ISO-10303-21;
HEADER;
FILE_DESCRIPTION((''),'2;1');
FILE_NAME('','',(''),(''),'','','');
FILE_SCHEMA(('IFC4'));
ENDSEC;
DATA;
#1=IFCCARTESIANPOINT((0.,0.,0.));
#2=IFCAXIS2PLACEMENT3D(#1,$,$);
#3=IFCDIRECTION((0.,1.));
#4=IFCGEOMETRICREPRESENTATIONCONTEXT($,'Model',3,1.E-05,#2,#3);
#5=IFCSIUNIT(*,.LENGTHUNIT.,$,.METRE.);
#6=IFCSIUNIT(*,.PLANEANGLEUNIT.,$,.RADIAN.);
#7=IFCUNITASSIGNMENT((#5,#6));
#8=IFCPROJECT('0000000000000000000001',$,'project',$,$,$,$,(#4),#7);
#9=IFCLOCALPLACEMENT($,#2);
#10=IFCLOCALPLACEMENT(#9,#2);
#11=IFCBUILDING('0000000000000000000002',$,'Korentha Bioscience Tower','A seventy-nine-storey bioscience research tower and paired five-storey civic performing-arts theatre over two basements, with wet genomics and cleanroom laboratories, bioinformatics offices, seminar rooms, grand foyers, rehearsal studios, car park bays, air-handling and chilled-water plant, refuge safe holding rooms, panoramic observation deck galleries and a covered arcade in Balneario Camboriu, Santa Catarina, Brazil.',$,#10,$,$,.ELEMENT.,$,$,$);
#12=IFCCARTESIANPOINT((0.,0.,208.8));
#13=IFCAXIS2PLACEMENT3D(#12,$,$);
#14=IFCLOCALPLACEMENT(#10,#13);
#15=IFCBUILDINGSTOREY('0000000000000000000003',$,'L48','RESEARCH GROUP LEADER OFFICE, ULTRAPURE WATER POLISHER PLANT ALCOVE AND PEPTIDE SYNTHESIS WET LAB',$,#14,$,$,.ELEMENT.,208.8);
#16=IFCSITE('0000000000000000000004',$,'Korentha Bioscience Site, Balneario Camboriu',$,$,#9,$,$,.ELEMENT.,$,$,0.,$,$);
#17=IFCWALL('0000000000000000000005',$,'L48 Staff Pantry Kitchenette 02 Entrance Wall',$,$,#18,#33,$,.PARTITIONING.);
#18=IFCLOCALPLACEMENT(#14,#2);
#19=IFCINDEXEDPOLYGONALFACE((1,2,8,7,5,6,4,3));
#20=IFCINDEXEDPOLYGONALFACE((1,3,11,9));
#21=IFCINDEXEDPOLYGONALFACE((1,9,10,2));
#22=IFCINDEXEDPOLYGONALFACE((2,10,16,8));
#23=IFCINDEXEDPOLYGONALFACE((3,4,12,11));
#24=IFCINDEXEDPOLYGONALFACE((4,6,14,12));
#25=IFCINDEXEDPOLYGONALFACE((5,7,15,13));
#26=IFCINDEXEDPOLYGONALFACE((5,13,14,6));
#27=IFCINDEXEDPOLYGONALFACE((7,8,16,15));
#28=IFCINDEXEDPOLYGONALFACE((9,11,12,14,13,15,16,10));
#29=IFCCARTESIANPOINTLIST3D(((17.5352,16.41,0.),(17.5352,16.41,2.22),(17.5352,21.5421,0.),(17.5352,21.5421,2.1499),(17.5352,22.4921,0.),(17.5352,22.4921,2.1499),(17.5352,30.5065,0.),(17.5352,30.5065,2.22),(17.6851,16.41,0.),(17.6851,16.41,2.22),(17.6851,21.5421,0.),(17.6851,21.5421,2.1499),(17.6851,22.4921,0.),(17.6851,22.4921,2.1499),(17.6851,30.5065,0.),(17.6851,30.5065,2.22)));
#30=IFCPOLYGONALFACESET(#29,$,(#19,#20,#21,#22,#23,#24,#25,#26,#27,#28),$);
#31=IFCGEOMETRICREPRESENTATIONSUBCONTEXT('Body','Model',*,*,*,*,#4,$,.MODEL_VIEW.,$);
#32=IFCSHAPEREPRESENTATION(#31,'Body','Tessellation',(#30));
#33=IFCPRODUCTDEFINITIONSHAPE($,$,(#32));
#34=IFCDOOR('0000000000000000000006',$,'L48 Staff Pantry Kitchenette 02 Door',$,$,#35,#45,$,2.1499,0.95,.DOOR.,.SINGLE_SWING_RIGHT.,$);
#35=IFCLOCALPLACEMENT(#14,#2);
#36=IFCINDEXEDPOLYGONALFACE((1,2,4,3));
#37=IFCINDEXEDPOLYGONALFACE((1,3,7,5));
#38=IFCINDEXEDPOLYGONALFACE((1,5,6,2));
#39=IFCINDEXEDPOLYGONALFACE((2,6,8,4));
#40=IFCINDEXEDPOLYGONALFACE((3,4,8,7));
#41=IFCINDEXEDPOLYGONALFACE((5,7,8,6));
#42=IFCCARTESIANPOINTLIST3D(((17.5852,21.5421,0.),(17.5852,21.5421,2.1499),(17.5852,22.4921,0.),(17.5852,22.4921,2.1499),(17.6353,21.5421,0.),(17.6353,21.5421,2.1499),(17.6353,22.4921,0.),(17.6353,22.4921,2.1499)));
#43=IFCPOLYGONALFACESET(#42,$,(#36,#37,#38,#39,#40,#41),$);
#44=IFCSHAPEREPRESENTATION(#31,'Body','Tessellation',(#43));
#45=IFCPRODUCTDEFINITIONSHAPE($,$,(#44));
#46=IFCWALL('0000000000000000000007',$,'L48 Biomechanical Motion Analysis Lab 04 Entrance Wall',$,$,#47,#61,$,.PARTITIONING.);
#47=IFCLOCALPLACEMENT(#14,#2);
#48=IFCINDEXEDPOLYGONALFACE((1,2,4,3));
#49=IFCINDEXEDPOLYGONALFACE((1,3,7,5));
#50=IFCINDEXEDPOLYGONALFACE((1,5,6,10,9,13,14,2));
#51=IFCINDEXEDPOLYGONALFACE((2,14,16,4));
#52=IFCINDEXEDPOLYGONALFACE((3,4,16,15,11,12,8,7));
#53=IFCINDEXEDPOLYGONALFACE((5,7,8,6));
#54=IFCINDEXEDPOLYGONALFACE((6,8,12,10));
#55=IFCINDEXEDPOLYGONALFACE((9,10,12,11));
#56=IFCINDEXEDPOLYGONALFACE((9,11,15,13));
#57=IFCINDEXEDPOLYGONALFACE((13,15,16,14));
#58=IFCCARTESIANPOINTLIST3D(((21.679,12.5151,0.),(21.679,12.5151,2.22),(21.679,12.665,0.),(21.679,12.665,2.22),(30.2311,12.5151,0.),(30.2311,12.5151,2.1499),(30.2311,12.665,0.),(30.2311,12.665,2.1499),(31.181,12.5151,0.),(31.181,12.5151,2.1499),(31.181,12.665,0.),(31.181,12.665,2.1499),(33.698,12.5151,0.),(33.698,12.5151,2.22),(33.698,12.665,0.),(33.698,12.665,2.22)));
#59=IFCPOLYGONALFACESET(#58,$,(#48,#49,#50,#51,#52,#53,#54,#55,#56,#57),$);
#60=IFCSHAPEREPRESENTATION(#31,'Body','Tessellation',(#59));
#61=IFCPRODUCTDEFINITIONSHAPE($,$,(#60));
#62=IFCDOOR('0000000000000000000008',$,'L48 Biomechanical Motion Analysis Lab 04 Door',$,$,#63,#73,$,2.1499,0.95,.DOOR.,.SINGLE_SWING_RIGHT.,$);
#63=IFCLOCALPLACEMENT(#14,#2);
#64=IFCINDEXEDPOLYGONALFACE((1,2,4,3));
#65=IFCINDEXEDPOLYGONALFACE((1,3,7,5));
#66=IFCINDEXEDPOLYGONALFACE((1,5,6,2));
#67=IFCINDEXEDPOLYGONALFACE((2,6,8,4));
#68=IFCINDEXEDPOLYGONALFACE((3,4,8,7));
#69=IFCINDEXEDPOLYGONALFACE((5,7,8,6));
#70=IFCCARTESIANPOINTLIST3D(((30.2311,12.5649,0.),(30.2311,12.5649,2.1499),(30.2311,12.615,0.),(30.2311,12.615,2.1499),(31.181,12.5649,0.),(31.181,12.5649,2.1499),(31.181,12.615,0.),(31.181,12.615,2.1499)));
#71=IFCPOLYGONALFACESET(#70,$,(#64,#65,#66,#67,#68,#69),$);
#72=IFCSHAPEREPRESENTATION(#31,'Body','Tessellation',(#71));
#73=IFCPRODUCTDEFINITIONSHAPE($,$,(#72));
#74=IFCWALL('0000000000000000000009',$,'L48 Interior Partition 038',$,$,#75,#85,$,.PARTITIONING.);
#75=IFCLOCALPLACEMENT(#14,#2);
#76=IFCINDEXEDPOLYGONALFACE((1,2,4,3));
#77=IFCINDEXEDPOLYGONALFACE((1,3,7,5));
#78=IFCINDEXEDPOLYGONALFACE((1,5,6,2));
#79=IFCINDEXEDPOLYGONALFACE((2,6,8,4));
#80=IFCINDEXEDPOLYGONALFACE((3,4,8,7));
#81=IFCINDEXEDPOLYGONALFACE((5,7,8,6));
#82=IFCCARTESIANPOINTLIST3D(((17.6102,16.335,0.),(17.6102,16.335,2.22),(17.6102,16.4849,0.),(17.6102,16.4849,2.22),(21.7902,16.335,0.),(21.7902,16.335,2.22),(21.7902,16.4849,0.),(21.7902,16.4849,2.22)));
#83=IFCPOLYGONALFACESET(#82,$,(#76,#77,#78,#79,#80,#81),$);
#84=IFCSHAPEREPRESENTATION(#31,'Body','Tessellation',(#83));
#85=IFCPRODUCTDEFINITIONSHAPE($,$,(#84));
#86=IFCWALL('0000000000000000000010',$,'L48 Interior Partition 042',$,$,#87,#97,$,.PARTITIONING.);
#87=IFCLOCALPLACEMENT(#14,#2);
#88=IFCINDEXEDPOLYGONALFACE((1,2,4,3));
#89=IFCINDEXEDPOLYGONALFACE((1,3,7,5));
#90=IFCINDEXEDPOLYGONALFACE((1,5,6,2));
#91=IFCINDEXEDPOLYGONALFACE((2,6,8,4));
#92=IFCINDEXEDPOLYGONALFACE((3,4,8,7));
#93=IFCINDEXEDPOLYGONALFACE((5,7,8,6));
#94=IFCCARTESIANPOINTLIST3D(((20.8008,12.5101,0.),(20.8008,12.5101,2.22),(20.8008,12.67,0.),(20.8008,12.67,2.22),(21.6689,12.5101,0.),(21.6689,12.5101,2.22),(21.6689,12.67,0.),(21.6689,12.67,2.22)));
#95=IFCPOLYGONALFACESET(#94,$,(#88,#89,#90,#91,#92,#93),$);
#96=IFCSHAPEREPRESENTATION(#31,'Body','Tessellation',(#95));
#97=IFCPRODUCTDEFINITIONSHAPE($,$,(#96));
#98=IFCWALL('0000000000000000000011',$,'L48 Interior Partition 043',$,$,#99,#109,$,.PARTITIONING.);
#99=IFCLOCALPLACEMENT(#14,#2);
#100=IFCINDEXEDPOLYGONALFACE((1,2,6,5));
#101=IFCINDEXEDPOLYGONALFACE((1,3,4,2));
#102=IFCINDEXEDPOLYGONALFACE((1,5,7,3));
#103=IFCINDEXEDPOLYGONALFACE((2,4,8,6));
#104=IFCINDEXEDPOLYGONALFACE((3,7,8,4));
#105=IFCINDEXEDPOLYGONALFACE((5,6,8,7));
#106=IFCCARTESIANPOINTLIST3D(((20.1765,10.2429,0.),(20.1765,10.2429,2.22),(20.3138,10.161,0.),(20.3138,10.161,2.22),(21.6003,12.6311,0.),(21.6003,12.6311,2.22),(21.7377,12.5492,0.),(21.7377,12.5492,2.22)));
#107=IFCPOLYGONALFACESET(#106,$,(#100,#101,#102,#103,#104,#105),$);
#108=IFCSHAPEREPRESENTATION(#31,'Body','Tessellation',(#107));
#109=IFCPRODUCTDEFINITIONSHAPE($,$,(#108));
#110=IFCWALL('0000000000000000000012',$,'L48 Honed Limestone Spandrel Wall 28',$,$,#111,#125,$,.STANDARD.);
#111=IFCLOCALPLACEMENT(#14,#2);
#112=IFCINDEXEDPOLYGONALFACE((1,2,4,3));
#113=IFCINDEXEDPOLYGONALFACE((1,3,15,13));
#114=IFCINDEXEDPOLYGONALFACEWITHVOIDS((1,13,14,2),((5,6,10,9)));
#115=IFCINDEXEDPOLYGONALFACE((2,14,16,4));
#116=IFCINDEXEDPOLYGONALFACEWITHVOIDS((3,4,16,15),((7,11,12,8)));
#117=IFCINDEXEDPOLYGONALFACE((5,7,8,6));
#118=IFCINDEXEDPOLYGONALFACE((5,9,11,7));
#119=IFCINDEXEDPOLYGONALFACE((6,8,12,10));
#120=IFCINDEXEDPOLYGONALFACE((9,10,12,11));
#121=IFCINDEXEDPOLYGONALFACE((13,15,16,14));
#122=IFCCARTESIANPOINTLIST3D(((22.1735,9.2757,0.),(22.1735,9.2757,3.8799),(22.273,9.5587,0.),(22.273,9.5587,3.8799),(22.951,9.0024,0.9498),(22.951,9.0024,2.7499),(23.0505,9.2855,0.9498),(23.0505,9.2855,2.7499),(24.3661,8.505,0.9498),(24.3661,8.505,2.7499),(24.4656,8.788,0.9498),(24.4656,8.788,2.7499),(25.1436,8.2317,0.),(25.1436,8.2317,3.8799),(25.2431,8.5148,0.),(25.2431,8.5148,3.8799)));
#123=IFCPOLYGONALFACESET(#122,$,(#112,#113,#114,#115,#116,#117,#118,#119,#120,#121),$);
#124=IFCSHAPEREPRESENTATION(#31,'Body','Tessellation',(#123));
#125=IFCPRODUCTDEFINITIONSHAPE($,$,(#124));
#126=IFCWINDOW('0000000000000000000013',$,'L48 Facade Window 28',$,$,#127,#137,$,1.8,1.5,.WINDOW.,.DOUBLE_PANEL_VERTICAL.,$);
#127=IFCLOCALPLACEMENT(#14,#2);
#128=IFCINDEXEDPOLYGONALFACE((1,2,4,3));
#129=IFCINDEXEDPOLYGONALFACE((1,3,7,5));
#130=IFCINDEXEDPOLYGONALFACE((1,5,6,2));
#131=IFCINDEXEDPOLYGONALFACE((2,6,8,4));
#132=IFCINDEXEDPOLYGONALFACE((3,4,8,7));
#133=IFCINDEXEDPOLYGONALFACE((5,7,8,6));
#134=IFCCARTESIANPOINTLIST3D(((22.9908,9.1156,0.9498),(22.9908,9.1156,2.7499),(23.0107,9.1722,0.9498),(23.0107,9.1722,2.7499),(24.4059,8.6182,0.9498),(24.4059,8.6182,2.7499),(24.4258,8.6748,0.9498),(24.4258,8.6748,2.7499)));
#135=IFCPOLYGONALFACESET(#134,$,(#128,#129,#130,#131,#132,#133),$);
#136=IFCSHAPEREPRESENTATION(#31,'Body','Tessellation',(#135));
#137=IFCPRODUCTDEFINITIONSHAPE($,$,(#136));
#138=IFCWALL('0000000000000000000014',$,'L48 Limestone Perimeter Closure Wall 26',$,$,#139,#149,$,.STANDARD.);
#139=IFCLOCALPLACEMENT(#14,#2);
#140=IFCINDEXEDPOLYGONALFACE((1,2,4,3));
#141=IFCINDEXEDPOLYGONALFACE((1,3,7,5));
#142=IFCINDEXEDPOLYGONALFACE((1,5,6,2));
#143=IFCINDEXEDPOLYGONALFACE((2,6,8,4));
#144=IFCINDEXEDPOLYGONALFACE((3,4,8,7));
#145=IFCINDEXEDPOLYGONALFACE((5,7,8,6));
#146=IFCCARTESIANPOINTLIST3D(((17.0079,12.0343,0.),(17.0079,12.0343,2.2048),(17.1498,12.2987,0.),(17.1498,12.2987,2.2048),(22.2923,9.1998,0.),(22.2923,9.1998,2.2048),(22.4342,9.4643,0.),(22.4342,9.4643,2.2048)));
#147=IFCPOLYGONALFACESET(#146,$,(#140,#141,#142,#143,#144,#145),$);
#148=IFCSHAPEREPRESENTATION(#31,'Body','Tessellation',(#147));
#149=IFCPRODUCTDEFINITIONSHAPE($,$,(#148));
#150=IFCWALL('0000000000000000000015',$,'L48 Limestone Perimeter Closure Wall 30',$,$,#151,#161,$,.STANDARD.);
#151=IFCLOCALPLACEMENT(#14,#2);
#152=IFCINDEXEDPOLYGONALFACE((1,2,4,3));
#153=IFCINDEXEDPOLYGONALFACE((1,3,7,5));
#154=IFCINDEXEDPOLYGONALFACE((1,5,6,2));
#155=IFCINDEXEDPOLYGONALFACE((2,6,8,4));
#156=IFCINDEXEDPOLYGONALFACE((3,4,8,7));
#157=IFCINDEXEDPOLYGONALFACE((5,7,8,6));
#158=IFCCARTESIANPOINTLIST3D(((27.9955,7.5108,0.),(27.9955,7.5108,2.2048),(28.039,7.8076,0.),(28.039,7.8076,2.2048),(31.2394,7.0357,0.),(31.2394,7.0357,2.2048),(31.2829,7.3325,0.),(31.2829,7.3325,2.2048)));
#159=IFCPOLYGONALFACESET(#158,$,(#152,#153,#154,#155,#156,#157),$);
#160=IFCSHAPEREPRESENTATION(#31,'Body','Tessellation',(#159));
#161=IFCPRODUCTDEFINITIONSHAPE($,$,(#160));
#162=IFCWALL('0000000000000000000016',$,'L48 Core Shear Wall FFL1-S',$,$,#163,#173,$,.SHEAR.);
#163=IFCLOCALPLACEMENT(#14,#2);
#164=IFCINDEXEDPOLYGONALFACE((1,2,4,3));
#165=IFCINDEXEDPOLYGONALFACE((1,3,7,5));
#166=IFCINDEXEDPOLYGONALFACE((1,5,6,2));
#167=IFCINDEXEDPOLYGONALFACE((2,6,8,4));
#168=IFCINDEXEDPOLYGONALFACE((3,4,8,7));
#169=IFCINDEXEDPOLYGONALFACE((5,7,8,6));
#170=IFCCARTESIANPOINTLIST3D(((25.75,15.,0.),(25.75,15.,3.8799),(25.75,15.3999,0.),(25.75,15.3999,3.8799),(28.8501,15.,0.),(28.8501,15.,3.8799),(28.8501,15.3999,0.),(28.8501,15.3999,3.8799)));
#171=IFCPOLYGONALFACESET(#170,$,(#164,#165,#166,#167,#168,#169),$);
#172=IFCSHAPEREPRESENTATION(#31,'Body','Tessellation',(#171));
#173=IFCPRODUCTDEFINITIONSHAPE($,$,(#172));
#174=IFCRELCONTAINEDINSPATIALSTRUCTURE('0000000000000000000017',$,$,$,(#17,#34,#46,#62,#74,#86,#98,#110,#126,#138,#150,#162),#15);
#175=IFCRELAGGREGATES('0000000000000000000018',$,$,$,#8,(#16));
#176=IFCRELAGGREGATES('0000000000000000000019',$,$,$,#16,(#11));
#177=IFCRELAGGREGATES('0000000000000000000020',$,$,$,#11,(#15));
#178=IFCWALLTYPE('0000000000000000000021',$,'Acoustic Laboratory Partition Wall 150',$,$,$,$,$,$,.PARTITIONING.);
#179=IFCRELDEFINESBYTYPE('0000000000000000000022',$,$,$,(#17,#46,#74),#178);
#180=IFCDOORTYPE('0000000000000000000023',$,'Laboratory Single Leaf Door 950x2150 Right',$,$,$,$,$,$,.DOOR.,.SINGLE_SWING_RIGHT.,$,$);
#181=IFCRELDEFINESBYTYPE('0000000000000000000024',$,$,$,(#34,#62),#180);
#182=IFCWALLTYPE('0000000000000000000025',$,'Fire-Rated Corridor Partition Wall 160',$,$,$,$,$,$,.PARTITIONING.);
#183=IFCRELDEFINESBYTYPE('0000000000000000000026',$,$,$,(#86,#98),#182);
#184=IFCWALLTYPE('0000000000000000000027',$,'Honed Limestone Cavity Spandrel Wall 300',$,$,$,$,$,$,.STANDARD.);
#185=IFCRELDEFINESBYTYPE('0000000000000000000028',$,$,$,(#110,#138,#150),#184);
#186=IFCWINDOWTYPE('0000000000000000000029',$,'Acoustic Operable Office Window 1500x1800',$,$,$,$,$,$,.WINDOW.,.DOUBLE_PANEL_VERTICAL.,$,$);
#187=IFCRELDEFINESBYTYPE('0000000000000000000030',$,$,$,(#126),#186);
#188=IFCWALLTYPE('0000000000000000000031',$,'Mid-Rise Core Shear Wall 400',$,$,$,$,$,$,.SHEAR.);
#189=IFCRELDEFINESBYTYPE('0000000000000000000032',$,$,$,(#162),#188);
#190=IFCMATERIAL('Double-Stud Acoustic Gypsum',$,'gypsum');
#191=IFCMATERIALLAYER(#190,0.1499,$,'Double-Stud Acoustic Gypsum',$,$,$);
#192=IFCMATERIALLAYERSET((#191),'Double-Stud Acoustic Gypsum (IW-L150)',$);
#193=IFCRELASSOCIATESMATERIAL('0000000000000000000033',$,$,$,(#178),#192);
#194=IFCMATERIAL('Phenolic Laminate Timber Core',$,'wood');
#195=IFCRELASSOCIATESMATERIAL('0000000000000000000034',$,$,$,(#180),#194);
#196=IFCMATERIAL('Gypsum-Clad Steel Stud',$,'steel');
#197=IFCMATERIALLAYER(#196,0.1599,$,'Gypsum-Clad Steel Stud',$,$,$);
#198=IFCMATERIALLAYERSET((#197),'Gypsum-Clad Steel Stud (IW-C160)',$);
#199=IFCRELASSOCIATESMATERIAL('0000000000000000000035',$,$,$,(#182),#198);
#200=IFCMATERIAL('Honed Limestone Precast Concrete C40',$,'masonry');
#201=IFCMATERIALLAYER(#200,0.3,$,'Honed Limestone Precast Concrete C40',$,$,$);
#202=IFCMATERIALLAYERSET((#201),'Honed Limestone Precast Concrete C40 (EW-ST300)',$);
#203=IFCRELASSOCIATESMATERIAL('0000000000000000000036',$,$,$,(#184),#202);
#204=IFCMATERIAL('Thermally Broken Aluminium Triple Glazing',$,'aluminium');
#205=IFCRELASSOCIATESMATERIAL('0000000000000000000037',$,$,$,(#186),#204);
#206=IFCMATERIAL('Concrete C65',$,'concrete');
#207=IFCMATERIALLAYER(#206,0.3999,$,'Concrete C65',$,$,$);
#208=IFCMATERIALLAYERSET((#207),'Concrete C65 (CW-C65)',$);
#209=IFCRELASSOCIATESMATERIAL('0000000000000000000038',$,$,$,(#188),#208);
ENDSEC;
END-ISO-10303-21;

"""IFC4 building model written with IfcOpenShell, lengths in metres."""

from ifc_helpers import new_model, si_unit, direction, frame, frame_2d, origin, place, context, subcontext, project, spatial, rectangle, extrude, material, layer, layer_set, type_object, element, fill, save


model = new_model("IFC4")

# Units and contexts
model_context = context("Model", 3, precision=1e-05, world=origin(), true_north=direction((0.0, 1.0)))
body_context = subcontext(model_context, "Body", "Model", "MODEL_VIEW")
ifc_project = project(units=[si_unit("LENGTHUNIT", "METRE"), si_unit("PLANEANGLEUNIT", "RADIAN")], contexts=[model_context])

# Site, building, storey
site_placement = place(None, origin())
site = spatial("IfcSite", under=ifc_project, at=site_placement, Name="Korentha Bioscience Site, Balneario Camboriu", CompositionType="ELEMENT", RefElevation=0.0)
building_placement = place(site_placement, origin())
building = spatial("IfcBuilding", under=site, at=building_placement, Name="Korentha Bioscience Tower", Description="A seventy-nine-storey bioscience research tower and paired five-storey civic performing-arts theatre over two basements, with wet genomics and cleanroom laboratories, bioinformatics offices, seminar rooms, grand foyers, rehearsal studios, car park bays, air-handling and chilled-water plant, refuge safe holding rooms, panoramic observation deck galleries and a covered arcade in Balneario Camboriu, Santa Catarina, Brazil.", CompositionType="ELEMENT")
storey_placement = place(building_placement, frame((0.0, 0.0, 208.8)))
storey = spatial("IfcBuildingStorey", under=building, at=storey_placement, Name="L48", Description="RESEARCH GROUP LEADER OFFICE, ULTRAPURE WATER POLISHER PLANT ALCOVE AND PEPTIDE SYNTHESIS WET LAB", CompositionType="ELEMENT", Elevation=208.8)

# Shared definitions
ifc_material_1 = material(Name="Concrete C65", Category="concrete")

# Walls, openings, doors
ifc_material_2 = material(Name="Double-Stud Acoustic Gypsum", Category="gypsum")
ifc_layer_1 = layer(ifc_material_2, 0.1499, Name="Double-Stud Acoustic Gypsum")
ifc_layer_set_1 = layer_set([ifc_layer_1], Name="Double-Stud Acoustic Gypsum (IW-L150)")
wall_type_1 = type_object("IfcWallType", Name="Acoustic Laboratory Partition Wall 150", PredefinedType="PARTITIONING", material=ifc_layer_set_1)
wall_1_placement = place(storey_placement, frame((17.6101, 16.4099, 0.0), z_axis=(0.0, 0.0, 1.0), x_axis=(0.0, 1.0, 0.0)))
wall_1 = element("IfcWall", 1, at=wall_1_placement, inside=storey, type_object=wall_type_1, Name="L48 Staff Pantry Kitchenette 02 Entrance Wall", PredefinedType="PARTITIONING", context=body_context, shape_type="SweptSolid", body=[
    extrude(rectangle(XDim=14.0964, YDim=0.1499, at=frame_2d((7.0483, 0.0))), origin(), (0.0, 0.0, 1.0), 2.22),
])
opening_1_placement = place(wall_1_placement, frame((5.1321, 0.0, 0.0)))
opening_1 = element("IfcOpeningElement", 2, at=opening_1_placement, cuts=wall_1, PredefinedType="OPENING", context=body_context, shape_type="SweptSolid", body=[
    extrude(rectangle(XDim=0.95, YDim=2.1499, at=frame_2d((0.4751, 1.075))), frame((0.0, 0.0898, 0.0), z_axis=(0.0, -1.0, 0.0), x_axis=(1.0, 0.0, 0.0)), (0.0, 0.0, 1.0), 0.1797),
])
ifc_material_3 = material(Name="Phenolic Laminate Timber Core", Category="wood")
door_type_1 = type_object("IfcDoorType", Name="Laboratory Single Leaf Door 950x2150 Right", OperationType="SINGLE_SWING_RIGHT", PredefinedType="DOOR", material=ifc_material_3)
door_1_placement = place(opening_1_placement, origin())
door_1 = element("IfcDoor", 3, at=door_1_placement, inside=storey, type_object=door_type_1, Name="L48 Staff Pantry Kitchenette 02 Door", OperationType="SINGLE_SWING_RIGHT", OverallHeight=2.1499, OverallWidth=0.95, PredefinedType="DOOR", context=body_context, shape_type="SweptSolid", body=[
    extrude(rectangle(XDim=0.95, YDim=2.1499, at=frame_2d((0.4751, 1.075))), frame((0.0, 0.0249, 0.0), z_axis=(0.0, -1.0, 0.0), x_axis=(1.0, 0.0, 0.0)), (0.0, 0.0, 1.0), 0.05),
])
fill(opening_1, door_1)
wall_2_placement = place(storey_placement, frame((21.679, 12.5901, 0.0), z_axis=(0.0, 0.0, 1.0), x_axis=(1.0, 0.0, 0.0)))
wall_2 = element("IfcWall", 4, at=wall_2_placement, inside=storey, type_object=wall_type_1, Name="L48 Biomechanical Motion Analysis Lab 04 Entrance Wall", PredefinedType="PARTITIONING", context=body_context, shape_type="SweptSolid", body=[
    extrude(rectangle(XDim=12.019, YDim=0.1499, at=frame_2d((6.0095, 0.0))), origin(), (0.0, 0.0, 1.0), 2.22),
])
opening_2_placement = place(wall_2_placement, frame((8.552, 0.0, 0.0)))
opening_2 = element("IfcOpeningElement", 5, at=opening_2_placement, cuts=wall_2, PredefinedType="OPENING", context=body_context, shape_type="SweptSolid", body=[
    extrude(rectangle(XDim=0.95, YDim=2.1499, at=frame_2d((0.4751, 1.075))), frame((0.0, 0.0898, 0.0), z_axis=(0.0, -1.0, 0.0), x_axis=(1.0, 0.0, 0.0)), (0.0, 0.0, 1.0), 0.1797),
])
door_2_placement = place(opening_2_placement, origin())
door_2 = element("IfcDoor", 6, at=door_2_placement, inside=storey, type_object=door_type_1, Name="L48 Biomechanical Motion Analysis Lab 04 Door", OperationType="SINGLE_SWING_RIGHT", OverallHeight=2.1499, OverallWidth=0.95, PredefinedType="DOOR", context=body_context, shape_type="SweptSolid", body=[
    extrude(rectangle(XDim=0.95, YDim=2.1499, at=frame_2d((0.4751, 1.075))), frame((0.0, 0.0249, 0.0), z_axis=(0.0, -1.0, 0.0), x_axis=(1.0, 0.0, 0.0)), (0.0, 0.0, 1.0), 0.05),
])
fill(opening_2, door_2)

# Wall
wall_3_placement = place(storey_placement, frame((21.79, 16.4099, 0.0), z_axis=(0.0, 0.0, 1.0), x_axis=(-1.0, 0.0, 0.0)))
element("IfcWall", 7, at=wall_3_placement, inside=storey, type_object=wall_type_1, Name="L48 Interior Partition 038", PredefinedType="PARTITIONING", context=body_context, shape_type="SweptSolid", body=[
    extrude(rectangle(XDim=4.1799, YDim=0.1499, at=frame_2d((2.0898, 0.0))), origin(), (0.0, 0.0, 1.0), 2.22),
])

# Shared definitions
ifc_material_4 = material(Name="Gypsum-Clad Steel Stud", Category="steel")
ifc_layer_2 = layer(ifc_material_4, 0.1599, Name="Gypsum-Clad Steel Stud")
ifc_layer_set_2 = layer_set([ifc_layer_2], Name="Gypsum-Clad Steel Stud (IW-C160)")
wall_type_2 = type_object("IfcWallType", Name="Fire-Rated Corridor Partition Wall 160", PredefinedType="PARTITIONING", material=ifc_layer_set_2)

# Walls
wall_4_placement = place(storey_placement, frame((20.8008, 12.5901, 0.0), z_axis=(0.0, 0.0, 1.0), x_axis=(1.0, 0.0, 0.0)))
element("IfcWall", 8, at=wall_4_placement, inside=storey, type_object=wall_type_2, Name="L48 Interior Partition 042", PredefinedType="PARTITIONING", context=body_context, shape_type="SweptSolid", body=[
    extrude(rectangle(XDim=0.8682, YDim=0.1599, at=frame_2d((0.4341, 0.0))), origin(), (0.0, 0.0, 1.0), 2.22),
])
wall_5_placement = place(storey_placement, frame((21.6689, 12.5901, 0.0), z_axis=(0.0, 0.0, 1.0), x_axis=(-0.512092, -0.858931, 0.0)))
element("IfcWall", 9, at=wall_5_placement, inside=storey, type_object=wall_type_2, Name="L48 Interior Partition 043", PredefinedType="PARTITIONING", context=body_context, shape_type="SweptSolid", body=[
    extrude(rectangle(XDim=2.7805, YDim=0.1599, at=frame_2d((1.3901, 0.0))), origin(), (0.0, 0.0, 1.0), 2.22),
])

# Wall, opening, window
ifc_material_5 = material(Name="Honed Limestone Precast Concrete C40", Category="masonry")
ifc_layer_3 = layer(ifc_material_5, 0.3, Name="Honed Limestone Precast Concrete C40")
ifc_layer_set_3 = layer_set([ifc_layer_3], Name="Honed Limestone Precast Concrete C40 (EW-ST300)")
wall_type_3 = type_object("IfcWallType", Name="Honed Limestone Cavity Spandrel Wall 300", PredefinedType="STANDARD", material=ifc_layer_set_3)
wall_6_placement = place(storey_placement, frame((22.2231, 9.4172, 0.0), z_axis=(0.0, 0.0, 1.0), x_axis=(0.943416, -0.331611, 0.0)))
wall_6 = element("IfcWall", 10, at=wall_6_placement, inside=storey, type_object=wall_type_3, Name="L48 Honed Limestone Spandrel Wall 28", PredefinedType="STANDARD", context=body_context, shape_type="SweptSolid", body=[
    extrude(rectangle(XDim=3.1482, YDim=0.3, at=frame_2d((1.5742, 0.0))), origin(), (0.0, 0.0, 1.0), 3.8799),
])
opening_3_placement = place(wall_6_placement, frame((0.8242, 0.0, 0.95)))
opening_3 = element("IfcOpeningElement", 11, at=opening_3_placement, cuts=wall_6, PredefinedType="OPENING", context=body_context, shape_type="SweptSolid", body=[
    extrude(rectangle(XDim=1.5, YDim=1.8, at=frame_2d((0.75, 0.8999))), frame((0.0, 0.165, 0.0), z_axis=(0.0, -1.0, 0.0), x_axis=(1.0, 0.0, 0.0)), (0.0, 0.0, 1.0), 0.3298),
])
ifc_material_6 = material(Name="Thermally Broken Aluminium Triple Glazing", Category="aluminium")
window_type = type_object("IfcWindowType", Name="Acoustic Operable Office Window 1500x1800", PartitioningType="DOUBLE_PANEL_VERTICAL", PredefinedType="WINDOW", material=ifc_material_6)
window_placement = place(opening_3_placement, origin())
window = element("IfcWindow", 12, at=window_placement, inside=storey, type_object=window_type, Name="L48 Facade Window 28", OverallHeight=1.8, OverallWidth=1.5, PartitioningType="DOUBLE_PANEL_VERTICAL", PredefinedType="WINDOW", context=body_context, shape_type="SweptSolid", body=[
    extrude(rectangle(XDim=1.5, YDim=1.8, at=frame_2d((0.75, 0.8999))), frame((0.0, 0.03, 0.0), z_axis=(0.0, -1.0, 0.0), x_axis=(1.0, 0.0, 0.0)), (0.0, 0.0, 1.0), 0.0601),
])
fill(opening_3, window)

# Walls
wall_7_placement = place(storey_placement, frame((17.0789, 12.1665, 0.0), z_axis=(0.0, 0.0, 1.0), x_axis=(0.881235, -0.472679, 0.0)))
element("IfcWall", 13, at=wall_7_placement, inside=storey, type_object=wall_type_3, Name="L48 Limestone Perimeter Closure Wall 26", PredefinedType="STANDARD", context=body_context, shape_type="SweptSolid", body=[
    extrude(rectangle(XDim=5.9966, YDim=0.3, at=frame_2d((2.9983, 0.0))), origin(), (0.0, 0.0, 1.0), 2.2048),
])
wall_8_placement = place(storey_placement, frame((28.0173, 7.6592, 0.0), z_axis=(0.0, 0.0, 1.0), x_axis=(0.989444, -0.144913, 0.0)))
element("IfcWall", 14, at=wall_8_placement, inside=storey, type_object=wall_type_3, Name="L48 Limestone Perimeter Closure Wall 30", PredefinedType="STANDARD", context=body_context, shape_type="SweptSolid", body=[
    extrude(rectangle(XDim=3.2786, YDim=0.3, at=frame_2d((1.6392, 0.0))), origin(), (0.0, 0.0, 1.0), 2.2048),
])
ifc_layer_4 = layer(ifc_material_1, 0.3999, Name="Concrete C65")
ifc_layer_set_4 = layer_set([ifc_layer_4], Name="Concrete C65 (CW-C65)")
wall_type_4 = type_object("IfcWallType", Name="Mid-Rise Core Shear Wall 400", PredefinedType="SHEAR", material=ifc_layer_set_4)
wall_9_placement = place(storey_placement, frame((25.75, 15.2, 0.0), z_axis=(0.0, 0.0, 1.0), x_axis=(1.0, 0.0, 0.0)))
element("IfcWall", 15, at=wall_9_placement, inside=storey, type_object=wall_type_4, Name="L48 Core Shear Wall FFL1-S", PredefinedType="SHEAR", context=body_context, shape_type="SweptSolid", body=[
    extrude(rectangle(XDim=3.1001, YDim=0.3999, at=frame_2d((1.55, 0.0))), origin(), (0.0, 0.0, 1.0), 3.8799),
])

save(model, "model.ifc")
